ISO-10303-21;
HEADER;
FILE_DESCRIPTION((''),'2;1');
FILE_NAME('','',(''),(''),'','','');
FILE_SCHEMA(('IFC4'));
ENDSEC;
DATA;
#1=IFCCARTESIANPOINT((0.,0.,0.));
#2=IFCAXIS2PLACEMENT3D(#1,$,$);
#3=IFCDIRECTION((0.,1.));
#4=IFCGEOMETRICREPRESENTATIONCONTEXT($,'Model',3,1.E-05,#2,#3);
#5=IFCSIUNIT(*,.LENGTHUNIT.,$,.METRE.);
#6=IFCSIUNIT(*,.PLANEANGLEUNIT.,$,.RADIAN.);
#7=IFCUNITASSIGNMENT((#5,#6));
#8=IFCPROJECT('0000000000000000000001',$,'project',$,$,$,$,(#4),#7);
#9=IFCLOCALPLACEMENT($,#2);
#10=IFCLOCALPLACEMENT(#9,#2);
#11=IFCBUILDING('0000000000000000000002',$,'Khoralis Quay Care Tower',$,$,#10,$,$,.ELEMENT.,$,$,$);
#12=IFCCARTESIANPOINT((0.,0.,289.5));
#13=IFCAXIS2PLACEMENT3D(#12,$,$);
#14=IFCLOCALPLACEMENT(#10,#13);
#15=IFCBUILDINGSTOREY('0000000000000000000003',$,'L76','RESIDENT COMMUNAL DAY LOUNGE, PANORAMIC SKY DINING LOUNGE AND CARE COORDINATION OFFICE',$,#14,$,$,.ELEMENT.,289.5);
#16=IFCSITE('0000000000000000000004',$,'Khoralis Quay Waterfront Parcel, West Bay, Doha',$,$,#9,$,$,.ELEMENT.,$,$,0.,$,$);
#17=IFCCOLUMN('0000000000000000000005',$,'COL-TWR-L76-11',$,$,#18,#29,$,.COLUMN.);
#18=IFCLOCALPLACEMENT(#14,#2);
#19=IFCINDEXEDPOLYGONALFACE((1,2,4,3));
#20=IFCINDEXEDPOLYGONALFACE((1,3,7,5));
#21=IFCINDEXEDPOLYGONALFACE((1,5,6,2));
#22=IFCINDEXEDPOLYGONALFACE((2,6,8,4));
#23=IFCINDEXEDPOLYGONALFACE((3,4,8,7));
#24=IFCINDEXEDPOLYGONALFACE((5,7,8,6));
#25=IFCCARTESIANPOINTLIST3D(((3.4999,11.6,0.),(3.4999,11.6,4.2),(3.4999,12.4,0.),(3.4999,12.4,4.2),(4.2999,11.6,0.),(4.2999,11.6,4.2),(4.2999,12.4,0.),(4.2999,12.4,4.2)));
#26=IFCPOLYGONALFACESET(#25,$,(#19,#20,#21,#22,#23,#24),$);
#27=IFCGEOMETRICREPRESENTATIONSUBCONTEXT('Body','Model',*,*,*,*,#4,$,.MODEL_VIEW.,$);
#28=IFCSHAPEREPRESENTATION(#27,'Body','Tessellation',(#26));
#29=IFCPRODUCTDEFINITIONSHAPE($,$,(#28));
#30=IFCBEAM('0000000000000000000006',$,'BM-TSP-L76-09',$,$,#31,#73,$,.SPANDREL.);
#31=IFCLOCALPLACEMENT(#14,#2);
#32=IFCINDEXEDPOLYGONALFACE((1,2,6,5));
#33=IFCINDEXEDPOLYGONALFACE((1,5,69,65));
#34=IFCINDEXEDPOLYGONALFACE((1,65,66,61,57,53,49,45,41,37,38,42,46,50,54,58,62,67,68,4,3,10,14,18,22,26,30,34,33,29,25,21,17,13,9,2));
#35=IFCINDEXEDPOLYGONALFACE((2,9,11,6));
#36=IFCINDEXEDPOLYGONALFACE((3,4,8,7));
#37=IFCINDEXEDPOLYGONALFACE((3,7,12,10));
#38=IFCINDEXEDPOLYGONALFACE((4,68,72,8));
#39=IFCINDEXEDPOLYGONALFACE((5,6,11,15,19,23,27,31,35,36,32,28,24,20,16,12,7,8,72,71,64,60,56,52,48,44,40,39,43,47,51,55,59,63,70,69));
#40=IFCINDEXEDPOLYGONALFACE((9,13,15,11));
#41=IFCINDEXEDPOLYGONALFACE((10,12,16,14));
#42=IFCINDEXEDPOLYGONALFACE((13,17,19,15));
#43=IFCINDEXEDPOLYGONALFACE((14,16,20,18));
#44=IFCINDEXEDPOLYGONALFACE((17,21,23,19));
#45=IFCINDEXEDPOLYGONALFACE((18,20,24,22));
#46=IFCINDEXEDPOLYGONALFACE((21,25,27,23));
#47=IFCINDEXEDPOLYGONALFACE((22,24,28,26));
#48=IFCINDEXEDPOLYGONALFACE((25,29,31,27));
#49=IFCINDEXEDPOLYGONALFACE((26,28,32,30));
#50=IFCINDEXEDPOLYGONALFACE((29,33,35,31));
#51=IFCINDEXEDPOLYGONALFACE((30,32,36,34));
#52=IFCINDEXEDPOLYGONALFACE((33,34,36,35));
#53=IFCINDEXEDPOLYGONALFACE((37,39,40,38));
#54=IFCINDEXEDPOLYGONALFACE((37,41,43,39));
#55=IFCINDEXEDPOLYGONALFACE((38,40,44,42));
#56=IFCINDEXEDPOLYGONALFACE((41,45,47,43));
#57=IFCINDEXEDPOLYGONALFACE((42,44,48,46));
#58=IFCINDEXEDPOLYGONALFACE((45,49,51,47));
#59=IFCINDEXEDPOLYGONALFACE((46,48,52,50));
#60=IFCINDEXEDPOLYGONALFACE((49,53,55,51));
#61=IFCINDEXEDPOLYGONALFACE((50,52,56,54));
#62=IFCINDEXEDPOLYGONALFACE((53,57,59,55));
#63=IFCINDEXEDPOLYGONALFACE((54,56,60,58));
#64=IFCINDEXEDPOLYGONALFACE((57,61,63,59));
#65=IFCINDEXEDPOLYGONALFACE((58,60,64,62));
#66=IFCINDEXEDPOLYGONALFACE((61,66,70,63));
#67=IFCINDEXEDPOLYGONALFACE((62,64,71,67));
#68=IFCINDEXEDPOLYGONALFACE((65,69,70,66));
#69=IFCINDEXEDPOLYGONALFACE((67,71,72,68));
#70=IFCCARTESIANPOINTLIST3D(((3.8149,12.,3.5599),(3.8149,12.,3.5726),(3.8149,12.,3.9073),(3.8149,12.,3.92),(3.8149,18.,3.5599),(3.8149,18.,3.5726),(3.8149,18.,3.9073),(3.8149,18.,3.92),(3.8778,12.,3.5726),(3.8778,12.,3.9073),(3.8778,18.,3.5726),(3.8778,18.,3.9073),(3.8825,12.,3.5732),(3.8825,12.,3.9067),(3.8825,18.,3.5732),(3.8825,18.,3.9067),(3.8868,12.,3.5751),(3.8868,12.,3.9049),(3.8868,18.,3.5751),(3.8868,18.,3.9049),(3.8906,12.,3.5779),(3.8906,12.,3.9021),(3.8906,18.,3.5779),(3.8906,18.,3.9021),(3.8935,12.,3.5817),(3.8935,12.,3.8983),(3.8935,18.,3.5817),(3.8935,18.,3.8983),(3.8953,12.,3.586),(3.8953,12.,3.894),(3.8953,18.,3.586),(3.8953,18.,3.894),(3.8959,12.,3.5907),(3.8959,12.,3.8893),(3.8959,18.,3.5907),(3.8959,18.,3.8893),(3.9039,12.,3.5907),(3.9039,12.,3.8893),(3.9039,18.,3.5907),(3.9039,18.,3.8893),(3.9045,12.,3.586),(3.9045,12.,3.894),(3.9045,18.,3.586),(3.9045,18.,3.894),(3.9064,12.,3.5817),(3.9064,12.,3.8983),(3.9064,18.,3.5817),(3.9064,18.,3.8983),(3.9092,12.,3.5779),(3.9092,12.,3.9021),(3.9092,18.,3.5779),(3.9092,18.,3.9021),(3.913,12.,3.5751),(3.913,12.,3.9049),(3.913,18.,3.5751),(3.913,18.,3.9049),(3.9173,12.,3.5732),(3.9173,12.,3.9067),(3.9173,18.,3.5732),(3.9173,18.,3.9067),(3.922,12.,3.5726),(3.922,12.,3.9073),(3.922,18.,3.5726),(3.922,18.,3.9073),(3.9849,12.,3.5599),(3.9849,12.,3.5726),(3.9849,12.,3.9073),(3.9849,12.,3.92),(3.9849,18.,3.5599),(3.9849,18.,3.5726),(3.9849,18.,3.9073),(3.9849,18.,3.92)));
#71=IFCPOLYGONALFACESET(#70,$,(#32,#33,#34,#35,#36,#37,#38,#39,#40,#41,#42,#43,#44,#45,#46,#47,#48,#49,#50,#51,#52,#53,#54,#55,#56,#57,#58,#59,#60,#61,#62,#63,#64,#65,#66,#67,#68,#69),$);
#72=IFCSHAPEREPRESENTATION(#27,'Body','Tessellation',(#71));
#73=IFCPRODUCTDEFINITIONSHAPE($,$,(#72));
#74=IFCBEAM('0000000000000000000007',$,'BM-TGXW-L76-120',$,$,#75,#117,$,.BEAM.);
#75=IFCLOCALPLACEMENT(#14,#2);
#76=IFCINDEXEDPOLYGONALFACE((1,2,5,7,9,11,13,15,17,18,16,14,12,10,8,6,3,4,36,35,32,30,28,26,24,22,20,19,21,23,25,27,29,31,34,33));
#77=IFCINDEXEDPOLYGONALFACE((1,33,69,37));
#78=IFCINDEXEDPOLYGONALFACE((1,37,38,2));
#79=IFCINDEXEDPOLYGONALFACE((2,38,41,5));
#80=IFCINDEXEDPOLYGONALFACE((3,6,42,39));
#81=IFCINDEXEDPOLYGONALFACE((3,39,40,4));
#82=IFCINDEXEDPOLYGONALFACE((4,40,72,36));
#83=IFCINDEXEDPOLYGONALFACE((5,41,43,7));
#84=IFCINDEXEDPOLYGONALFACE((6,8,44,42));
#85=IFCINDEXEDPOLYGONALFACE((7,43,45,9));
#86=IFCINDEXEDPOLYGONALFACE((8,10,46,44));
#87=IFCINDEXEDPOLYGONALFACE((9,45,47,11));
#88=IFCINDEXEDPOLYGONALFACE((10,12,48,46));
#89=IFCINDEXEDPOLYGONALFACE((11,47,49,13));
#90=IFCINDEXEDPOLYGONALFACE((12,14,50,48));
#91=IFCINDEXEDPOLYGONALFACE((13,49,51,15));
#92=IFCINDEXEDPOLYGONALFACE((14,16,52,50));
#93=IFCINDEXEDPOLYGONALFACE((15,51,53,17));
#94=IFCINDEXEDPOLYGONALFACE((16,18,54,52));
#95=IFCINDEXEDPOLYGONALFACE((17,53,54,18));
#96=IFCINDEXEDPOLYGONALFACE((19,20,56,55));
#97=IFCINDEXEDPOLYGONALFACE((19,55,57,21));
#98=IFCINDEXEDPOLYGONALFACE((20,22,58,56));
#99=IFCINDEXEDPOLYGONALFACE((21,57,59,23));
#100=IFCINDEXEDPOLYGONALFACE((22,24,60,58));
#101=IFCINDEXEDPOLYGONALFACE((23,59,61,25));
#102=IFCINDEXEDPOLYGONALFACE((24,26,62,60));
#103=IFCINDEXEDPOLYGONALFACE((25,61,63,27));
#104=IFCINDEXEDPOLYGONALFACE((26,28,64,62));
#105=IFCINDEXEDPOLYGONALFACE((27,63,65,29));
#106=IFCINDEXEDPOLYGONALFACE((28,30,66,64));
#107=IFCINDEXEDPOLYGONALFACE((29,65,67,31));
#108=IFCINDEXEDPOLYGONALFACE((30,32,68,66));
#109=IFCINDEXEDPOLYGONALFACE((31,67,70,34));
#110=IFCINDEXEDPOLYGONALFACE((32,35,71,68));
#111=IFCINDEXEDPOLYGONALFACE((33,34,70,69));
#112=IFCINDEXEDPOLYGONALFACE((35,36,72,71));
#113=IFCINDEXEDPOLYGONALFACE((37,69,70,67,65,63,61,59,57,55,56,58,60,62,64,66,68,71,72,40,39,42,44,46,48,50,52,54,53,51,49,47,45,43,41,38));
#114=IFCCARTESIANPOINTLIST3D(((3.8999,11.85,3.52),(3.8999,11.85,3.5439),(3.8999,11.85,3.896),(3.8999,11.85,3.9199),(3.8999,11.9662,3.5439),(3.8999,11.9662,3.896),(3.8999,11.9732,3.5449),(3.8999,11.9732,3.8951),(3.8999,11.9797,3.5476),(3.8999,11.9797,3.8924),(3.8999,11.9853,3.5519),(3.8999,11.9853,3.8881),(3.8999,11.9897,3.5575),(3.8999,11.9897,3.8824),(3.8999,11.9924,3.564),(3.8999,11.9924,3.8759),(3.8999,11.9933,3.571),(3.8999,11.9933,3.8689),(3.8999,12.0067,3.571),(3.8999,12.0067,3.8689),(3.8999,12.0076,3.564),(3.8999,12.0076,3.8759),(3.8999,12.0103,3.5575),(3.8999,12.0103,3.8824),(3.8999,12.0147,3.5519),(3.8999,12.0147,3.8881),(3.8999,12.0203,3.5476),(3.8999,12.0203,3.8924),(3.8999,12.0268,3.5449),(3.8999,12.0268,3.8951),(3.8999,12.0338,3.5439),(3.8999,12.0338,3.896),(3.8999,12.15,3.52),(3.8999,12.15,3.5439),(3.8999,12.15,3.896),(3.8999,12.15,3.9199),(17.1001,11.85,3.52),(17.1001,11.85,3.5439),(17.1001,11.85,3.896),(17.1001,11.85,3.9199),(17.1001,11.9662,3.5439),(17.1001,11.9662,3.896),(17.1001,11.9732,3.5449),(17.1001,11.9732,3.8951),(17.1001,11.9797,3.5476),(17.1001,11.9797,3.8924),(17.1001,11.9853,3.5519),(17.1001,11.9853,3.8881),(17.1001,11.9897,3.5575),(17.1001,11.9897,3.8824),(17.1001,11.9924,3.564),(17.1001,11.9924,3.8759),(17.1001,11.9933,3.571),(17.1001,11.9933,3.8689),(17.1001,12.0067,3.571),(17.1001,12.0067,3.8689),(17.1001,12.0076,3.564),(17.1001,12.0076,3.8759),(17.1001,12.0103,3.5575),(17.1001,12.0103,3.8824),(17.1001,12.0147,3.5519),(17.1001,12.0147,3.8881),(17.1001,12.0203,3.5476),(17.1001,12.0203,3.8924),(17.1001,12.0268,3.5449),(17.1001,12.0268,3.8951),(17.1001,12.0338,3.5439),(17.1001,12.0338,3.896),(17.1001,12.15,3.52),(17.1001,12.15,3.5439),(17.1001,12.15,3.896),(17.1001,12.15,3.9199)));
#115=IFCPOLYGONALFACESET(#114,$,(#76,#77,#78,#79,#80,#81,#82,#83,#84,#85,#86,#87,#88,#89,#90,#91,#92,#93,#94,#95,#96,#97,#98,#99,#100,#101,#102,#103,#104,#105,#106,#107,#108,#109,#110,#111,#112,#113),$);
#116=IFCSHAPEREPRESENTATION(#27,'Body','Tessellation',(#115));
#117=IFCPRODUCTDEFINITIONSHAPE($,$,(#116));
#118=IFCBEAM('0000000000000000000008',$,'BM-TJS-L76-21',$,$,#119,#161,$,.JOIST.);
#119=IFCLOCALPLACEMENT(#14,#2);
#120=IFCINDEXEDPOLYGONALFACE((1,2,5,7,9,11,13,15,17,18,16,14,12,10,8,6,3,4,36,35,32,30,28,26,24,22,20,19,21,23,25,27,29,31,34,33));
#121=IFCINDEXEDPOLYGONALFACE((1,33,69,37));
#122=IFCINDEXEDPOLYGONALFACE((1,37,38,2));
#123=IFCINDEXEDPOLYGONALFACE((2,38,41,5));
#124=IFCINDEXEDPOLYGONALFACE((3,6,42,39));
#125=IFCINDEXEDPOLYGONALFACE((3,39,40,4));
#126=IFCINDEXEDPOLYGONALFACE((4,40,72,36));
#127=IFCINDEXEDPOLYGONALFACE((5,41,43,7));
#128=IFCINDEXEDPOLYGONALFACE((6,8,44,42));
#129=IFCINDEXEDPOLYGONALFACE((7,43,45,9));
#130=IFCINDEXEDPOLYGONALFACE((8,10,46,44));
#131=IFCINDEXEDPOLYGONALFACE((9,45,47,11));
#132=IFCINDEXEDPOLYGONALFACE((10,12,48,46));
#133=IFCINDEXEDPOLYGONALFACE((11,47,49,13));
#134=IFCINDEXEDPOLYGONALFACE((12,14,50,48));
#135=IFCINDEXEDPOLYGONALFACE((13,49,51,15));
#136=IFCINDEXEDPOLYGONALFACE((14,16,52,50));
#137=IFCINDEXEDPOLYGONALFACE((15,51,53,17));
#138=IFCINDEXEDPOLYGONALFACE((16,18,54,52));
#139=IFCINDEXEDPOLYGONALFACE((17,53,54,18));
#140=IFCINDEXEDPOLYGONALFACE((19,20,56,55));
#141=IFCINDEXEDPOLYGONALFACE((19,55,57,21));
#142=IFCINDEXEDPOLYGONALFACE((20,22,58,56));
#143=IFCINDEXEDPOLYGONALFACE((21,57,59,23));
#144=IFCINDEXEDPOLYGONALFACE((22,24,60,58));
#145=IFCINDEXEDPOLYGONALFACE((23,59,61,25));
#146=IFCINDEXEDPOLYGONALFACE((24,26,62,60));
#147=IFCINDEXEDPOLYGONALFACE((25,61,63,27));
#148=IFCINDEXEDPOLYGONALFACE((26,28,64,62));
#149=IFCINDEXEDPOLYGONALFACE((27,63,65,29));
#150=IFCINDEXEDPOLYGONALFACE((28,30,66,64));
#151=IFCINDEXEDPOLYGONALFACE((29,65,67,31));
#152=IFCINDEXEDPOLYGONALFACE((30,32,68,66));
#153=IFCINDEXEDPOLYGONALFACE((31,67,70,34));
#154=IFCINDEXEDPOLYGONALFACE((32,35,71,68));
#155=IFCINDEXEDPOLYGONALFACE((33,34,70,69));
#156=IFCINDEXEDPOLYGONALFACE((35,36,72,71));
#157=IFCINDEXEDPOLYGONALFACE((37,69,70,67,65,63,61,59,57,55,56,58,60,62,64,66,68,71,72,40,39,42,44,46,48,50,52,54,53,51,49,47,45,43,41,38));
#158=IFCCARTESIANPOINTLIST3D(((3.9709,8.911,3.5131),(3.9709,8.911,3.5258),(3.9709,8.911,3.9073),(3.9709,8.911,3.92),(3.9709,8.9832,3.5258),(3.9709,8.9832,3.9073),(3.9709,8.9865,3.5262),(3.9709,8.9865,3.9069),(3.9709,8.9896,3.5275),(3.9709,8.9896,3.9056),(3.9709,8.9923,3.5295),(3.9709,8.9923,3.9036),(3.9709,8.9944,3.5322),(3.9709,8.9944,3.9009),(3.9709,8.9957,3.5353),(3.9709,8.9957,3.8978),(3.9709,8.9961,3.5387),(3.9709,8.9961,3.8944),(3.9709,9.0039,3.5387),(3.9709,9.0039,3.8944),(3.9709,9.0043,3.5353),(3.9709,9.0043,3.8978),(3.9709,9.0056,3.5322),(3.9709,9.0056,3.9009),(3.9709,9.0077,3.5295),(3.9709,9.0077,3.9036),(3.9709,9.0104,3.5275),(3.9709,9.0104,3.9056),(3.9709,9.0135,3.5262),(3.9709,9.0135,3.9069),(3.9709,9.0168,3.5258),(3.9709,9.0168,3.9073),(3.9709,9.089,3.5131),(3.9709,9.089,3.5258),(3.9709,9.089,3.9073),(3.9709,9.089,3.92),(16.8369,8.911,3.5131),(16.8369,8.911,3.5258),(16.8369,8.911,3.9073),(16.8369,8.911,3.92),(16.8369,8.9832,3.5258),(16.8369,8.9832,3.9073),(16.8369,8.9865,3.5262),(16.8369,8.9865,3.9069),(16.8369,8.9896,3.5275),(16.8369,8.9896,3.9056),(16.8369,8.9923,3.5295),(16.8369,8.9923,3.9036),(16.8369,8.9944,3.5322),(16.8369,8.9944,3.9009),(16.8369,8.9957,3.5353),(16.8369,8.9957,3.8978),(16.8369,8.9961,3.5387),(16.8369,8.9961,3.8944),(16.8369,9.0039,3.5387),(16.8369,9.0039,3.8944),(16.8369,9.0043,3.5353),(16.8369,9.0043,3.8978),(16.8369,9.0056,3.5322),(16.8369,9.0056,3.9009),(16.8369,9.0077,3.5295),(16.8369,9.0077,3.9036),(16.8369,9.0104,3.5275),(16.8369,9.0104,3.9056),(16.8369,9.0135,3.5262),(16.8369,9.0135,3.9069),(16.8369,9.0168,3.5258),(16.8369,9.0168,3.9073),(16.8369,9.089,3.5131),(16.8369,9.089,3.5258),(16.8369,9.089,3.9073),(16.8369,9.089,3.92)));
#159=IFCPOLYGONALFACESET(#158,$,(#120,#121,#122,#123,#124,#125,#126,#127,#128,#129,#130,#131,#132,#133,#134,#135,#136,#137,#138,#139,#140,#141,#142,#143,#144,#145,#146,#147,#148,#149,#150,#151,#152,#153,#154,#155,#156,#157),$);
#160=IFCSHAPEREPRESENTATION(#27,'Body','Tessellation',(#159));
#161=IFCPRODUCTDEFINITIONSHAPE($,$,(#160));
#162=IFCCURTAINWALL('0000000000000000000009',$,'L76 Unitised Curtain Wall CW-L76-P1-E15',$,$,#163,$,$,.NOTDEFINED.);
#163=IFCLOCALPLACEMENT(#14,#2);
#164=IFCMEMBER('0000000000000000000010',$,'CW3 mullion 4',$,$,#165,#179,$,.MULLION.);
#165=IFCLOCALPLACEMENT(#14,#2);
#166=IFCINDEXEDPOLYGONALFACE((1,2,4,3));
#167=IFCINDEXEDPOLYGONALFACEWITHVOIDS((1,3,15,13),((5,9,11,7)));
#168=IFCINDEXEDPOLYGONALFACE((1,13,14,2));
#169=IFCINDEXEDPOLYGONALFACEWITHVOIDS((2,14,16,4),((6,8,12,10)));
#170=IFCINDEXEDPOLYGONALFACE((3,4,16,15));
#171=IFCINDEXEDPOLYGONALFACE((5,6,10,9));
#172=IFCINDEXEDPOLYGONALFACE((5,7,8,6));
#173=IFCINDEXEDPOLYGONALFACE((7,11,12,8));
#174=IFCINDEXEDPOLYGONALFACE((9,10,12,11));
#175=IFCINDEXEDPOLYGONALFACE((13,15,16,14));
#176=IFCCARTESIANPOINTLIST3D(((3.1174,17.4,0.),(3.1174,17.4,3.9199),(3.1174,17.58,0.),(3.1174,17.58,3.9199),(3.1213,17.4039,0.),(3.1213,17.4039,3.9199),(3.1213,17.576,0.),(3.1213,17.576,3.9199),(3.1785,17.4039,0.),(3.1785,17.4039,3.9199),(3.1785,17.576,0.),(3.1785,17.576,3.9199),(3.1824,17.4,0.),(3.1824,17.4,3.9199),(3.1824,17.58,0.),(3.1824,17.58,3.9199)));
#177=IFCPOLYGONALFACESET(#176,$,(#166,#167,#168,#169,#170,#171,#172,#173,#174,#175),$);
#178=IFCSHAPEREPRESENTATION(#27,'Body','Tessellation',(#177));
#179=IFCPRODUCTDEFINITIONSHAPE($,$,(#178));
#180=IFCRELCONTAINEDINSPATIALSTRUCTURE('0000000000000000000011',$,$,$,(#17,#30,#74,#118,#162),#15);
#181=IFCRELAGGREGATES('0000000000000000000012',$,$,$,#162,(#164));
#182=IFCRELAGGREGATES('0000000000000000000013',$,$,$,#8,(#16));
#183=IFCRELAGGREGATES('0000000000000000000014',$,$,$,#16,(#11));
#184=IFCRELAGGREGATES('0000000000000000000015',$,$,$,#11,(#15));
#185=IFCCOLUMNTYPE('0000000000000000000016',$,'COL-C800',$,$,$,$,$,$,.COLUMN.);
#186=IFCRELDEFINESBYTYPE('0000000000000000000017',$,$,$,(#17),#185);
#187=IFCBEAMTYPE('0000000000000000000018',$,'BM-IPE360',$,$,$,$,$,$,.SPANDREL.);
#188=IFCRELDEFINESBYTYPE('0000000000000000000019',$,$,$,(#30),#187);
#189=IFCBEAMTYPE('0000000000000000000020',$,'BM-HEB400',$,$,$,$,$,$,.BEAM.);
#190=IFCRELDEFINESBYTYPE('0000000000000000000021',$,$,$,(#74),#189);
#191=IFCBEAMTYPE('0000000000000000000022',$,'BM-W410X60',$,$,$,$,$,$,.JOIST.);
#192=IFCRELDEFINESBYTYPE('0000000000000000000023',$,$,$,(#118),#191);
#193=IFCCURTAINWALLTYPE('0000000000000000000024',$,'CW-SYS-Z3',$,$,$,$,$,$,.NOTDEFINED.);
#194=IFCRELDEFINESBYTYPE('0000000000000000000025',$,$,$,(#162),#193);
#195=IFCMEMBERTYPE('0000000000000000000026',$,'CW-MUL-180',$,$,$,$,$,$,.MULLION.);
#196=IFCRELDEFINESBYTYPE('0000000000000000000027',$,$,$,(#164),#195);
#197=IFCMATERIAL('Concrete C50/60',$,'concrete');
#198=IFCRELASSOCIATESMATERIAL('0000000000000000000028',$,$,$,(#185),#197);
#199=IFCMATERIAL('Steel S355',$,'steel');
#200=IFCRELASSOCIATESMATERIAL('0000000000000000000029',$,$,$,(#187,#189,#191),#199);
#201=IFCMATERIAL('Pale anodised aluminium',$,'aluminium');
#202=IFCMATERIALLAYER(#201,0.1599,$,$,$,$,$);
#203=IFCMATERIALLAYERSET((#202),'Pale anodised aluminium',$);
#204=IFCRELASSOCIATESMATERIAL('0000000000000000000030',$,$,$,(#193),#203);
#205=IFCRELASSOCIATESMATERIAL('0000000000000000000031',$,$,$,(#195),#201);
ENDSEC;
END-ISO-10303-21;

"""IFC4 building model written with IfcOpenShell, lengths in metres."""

from ifc_helpers import new_model, si_unit, direction, frame, origin, origin_2d, place, context, subcontext, project, spatial, rectangle, hollow_rectangle, i_section, extrude, source, transform, mapped, material, layer, layer_set, material_profile, profile_set, type_object, element, aggregate, save


model = new_model("IFC4")

# Units and contexts
model_context = context("Model", 3, precision=1e-05, world=origin(), true_north=direction((0.0, 1.0)))
body_context = subcontext(model_context, "Body", "Model", "MODEL_VIEW")
ifc_project = project(units=[si_unit("LENGTHUNIT", "METRE"), si_unit("PLANEANGLEUNIT", "RADIAN")], contexts=[model_context])

# Site, building, storey
site_placement = place(None, origin())
site = spatial("IfcSite", under=ifc_project, at=site_placement, Name="Khoralis Quay Waterfront Parcel, West Bay, Doha", CompositionType="ELEMENT", RefElevation=0.0)
building_placement = place(site_placement, origin())
building = spatial("IfcBuilding", under=site, at=building_placement, Name="Khoralis Quay Care Tower", CompositionType="ELEMENT")
storey_placement = place(building_placement, frame((0.0, 0.0, 289.5)))
storey = spatial("IfcBuildingStorey", under=building, at=storey_placement, Name="L76", Description="RESIDENT COMMUNAL DAY LOUNGE, PANORAMIC SKY DINING LOUNGE AND CARE COORDINATION OFFICE", CompositionType="ELEMENT", Elevation=289.5)

# Column
ifc_material_1 = material(Name="Concrete C50/60", Category="concrete")
ifc_material_profile_1 = material_profile(ifc_material_1, rectangle(XDim=0.8, YDim=0.8, at=origin_2d()), Name="Concrete C50/60")
ifc_profile_set_1 = profile_set([ifc_material_profile_1], Name="Concrete C50/60")
column_type = type_object("IfcColumnType", Name="COL-C800", PredefinedType="COLUMN", material=ifc_profile_set_1)
shared_shape_1 = source(origin(), body_context, "Body", "SweptSolid", [
    extrude(rectangle(XDim=0.8, YDim=0.8, at=origin_2d()), origin(), (0.0, 0.0, 1.0), 4.2),
])
column_placement = place(storey_placement, frame((3.8999, 12.0, 0.0), z_axis=(0.0, 0.0, 1.0), x_axis=(1.0, 0.0, 0.0)))
element("IfcColumn", 1, at=column_placement, inside=storey, type_object=column_type, Name="COL-TWR-L76-11", PredefinedType="COLUMN", context=body_context, shape_type="MappedRepresentation", body=[
    mapped(shared_shape_1, transform((0.0, 0.0, 0.0), scale=1.0)),
])

# Beams
ifc_material_2 = material(Name="Steel S355", Category="steel")
ifc_material_profile_2 = material_profile(ifc_material_2, i_section(OverallWidth=0.1699, OverallDepth=0.3601, WebThickness=0.0081, FlangeThickness=0.0127, FilletRadius=0.0181, at=origin_2d()), Name="Steel S355")
ifc_profile_set_2 = profile_set([ifc_material_profile_2], Name="Steel S355")
beam_type_1 = type_object("IfcBeamType", Name="BM-IPE360", PredefinedType="SPANDREL", material=ifc_profile_set_2)
shared_shape_2 = source(origin(), body_context, "Body", "SweptSolid", [
    extrude(i_section(OverallWidth=0.1699, OverallDepth=0.3601, WebThickness=0.0081, FlangeThickness=0.0127, FilletRadius=0.0181, at=origin_2d()), origin(), (0.0, 0.0, 1.0), 6.0),
])
beam_1_placement = place(storey_placement, frame((3.8999, 12.0, 3.74), z_axis=(0.0, 1.0, 0.0), x_axis=(-1.0, 0.0, 0.0)))
element("IfcBeam", 2, at=beam_1_placement, inside=storey, type_object=beam_type_1, Name="BM-TSP-L76-09", PredefinedType="SPANDREL", context=body_context, shape_type="MappedRepresentation", body=[
    mapped(shared_shape_2, transform((0.0, 0.0, 0.0), scale=1.0)),
])
ifc_material_profile_3 = material_profile(ifc_material_2, i_section(OverallWidth=0.3, OverallDepth=0.3999, WebThickness=0.0134, FlangeThickness=0.0239, FilletRadius=0.0271, at=origin_2d()), Name="Steel S355")
ifc_profile_set_3 = profile_set([ifc_material_profile_3], Name="Steel S355")
beam_type_2 = type_object("IfcBeamType", Name="BM-HEB400", PredefinedType="BEAM", material=ifc_profile_set_3)
shared_shape_3 = source(origin(), body_context, "Body", "SweptSolid", [
    extrude(i_section(OverallWidth=0.3, OverallDepth=0.3999, WebThickness=0.0134, FlangeThickness=0.0239, FilletRadius=0.0271, at=origin_2d()), origin(), (0.0, 0.0, 1.0), 13.2002),
])
beam_2_placement = place(storey_placement, frame((3.8999, 12.0, 3.72), z_axis=(1.0, 0.0, 0.0), x_axis=(0.0, 1.0, 0.0)))
element("IfcBeam", 3, at=beam_2_placement, inside=storey, type_object=beam_type_2, Name="BM-TGXW-L76-120", PredefinedType="BEAM", context=body_context, shape_type="MappedRepresentation", body=[
    mapped(shared_shape_3, transform((0.0, 0.0, 0.0), scale=1.0)),
])
ifc_material_profile_4 = material_profile(ifc_material_2, i_section(OverallWidth=0.178, OverallDepth=0.407, WebThickness=0.0078, FlangeThickness=0.0127, FilletRadius=0.0129, at=origin_2d()), Name="Steel S355")
ifc_profile_set_4 = profile_set([ifc_material_profile_4], Name="Steel S355")
beam_type_3 = type_object("IfcBeamType", Name="BM-W410X60", PredefinedType="JOIST", material=ifc_profile_set_4)
shared_shape_4 = source(origin(), body_context, "Body", "SweptSolid", [
    extrude(i_section(OverallWidth=0.178, OverallDepth=0.407, WebThickness=0.0078, FlangeThickness=0.0127, FilletRadius=0.0129, at=origin_2d()), origin(), (0.0, 0.0, 1.0), 12.866),
])
beam_3_placement = place(storey_placement, frame((3.9709, 9.0, 3.7166), z_axis=(1.0, 0.0, 0.0), x_axis=(0.0, 1.0, 0.0)))
element("IfcBeam", 4, at=beam_3_placement, inside=storey, type_object=beam_type_3, Name="BM-TJS-L76-21", PredefinedType="JOIST", context=body_context, shape_type="MappedRepresentation", body=[
    mapped(shared_shape_4, transform((0.0, 0.0, 0.0), scale=1.0)),
])

# Curtain wall, member
ifc_material_3 = material(Name="Pale anodised aluminium", Category="aluminium")
ifc_layer_1 = layer(ifc_material_3, 0.1599)
ifc_layer_set_1 = layer_set([ifc_layer_1], Name="Pale anodised aluminium")
curtain_wall_type = type_object("IfcCurtainWallType", Name="CW-SYS-Z3", PredefinedType="NOTDEFINED", material=ifc_layer_set_1)
curtain_wall_placement = place(storey_placement, origin())
curtain_wall = element("IfcCurtainWall", 5, at=curtain_wall_placement, inside=storey, type_object=curtain_wall_type, Name="L76 Unitised Curtain Wall CW-L76-P1-E15", PredefinedType="NOTDEFINED")
ifc_material_profile_5 = material_profile(ifc_material_3, hollow_rectangle(XDim=0.0649, YDim=0.1799, WallThickness=0.0039, at=origin_2d()), Name="Pale anodised aluminium")
ifc_profile_set_5 = profile_set([ifc_material_profile_5], Name="Pale anodised aluminium")
member_type = type_object("IfcMemberType", Name="CW-MUL-180", PredefinedType="MULLION", material=ifc_profile_set_5)
shared_shape_5 = source(origin(), body_context, "Body", "SweptSolid", [
    extrude(hollow_rectangle(XDim=0.0649, YDim=0.1799, WallThickness=0.0039, at=origin_2d()), origin(), (0.0, 0.0, 1.0), 3.9199),
])
member_placement = place(storey_placement, frame((3.1499, 17.49, 0.0), z_axis=(0.0, 0.0, 1.0), x_axis=(1.0, 0.0, 0.0)))
member = element("IfcMember", 6, at=member_placement, type_object=member_type, Name="CW3 mullion 4", PredefinedType="MULLION", context=body_context, shape_type="MappedRepresentation", body=[
    mapped(shared_shape_5, transform((0.0, 0.0, 0.0), scale=1.0)),
])
aggregate(curtain_wall, [member])

save(model, "model.ifc")
